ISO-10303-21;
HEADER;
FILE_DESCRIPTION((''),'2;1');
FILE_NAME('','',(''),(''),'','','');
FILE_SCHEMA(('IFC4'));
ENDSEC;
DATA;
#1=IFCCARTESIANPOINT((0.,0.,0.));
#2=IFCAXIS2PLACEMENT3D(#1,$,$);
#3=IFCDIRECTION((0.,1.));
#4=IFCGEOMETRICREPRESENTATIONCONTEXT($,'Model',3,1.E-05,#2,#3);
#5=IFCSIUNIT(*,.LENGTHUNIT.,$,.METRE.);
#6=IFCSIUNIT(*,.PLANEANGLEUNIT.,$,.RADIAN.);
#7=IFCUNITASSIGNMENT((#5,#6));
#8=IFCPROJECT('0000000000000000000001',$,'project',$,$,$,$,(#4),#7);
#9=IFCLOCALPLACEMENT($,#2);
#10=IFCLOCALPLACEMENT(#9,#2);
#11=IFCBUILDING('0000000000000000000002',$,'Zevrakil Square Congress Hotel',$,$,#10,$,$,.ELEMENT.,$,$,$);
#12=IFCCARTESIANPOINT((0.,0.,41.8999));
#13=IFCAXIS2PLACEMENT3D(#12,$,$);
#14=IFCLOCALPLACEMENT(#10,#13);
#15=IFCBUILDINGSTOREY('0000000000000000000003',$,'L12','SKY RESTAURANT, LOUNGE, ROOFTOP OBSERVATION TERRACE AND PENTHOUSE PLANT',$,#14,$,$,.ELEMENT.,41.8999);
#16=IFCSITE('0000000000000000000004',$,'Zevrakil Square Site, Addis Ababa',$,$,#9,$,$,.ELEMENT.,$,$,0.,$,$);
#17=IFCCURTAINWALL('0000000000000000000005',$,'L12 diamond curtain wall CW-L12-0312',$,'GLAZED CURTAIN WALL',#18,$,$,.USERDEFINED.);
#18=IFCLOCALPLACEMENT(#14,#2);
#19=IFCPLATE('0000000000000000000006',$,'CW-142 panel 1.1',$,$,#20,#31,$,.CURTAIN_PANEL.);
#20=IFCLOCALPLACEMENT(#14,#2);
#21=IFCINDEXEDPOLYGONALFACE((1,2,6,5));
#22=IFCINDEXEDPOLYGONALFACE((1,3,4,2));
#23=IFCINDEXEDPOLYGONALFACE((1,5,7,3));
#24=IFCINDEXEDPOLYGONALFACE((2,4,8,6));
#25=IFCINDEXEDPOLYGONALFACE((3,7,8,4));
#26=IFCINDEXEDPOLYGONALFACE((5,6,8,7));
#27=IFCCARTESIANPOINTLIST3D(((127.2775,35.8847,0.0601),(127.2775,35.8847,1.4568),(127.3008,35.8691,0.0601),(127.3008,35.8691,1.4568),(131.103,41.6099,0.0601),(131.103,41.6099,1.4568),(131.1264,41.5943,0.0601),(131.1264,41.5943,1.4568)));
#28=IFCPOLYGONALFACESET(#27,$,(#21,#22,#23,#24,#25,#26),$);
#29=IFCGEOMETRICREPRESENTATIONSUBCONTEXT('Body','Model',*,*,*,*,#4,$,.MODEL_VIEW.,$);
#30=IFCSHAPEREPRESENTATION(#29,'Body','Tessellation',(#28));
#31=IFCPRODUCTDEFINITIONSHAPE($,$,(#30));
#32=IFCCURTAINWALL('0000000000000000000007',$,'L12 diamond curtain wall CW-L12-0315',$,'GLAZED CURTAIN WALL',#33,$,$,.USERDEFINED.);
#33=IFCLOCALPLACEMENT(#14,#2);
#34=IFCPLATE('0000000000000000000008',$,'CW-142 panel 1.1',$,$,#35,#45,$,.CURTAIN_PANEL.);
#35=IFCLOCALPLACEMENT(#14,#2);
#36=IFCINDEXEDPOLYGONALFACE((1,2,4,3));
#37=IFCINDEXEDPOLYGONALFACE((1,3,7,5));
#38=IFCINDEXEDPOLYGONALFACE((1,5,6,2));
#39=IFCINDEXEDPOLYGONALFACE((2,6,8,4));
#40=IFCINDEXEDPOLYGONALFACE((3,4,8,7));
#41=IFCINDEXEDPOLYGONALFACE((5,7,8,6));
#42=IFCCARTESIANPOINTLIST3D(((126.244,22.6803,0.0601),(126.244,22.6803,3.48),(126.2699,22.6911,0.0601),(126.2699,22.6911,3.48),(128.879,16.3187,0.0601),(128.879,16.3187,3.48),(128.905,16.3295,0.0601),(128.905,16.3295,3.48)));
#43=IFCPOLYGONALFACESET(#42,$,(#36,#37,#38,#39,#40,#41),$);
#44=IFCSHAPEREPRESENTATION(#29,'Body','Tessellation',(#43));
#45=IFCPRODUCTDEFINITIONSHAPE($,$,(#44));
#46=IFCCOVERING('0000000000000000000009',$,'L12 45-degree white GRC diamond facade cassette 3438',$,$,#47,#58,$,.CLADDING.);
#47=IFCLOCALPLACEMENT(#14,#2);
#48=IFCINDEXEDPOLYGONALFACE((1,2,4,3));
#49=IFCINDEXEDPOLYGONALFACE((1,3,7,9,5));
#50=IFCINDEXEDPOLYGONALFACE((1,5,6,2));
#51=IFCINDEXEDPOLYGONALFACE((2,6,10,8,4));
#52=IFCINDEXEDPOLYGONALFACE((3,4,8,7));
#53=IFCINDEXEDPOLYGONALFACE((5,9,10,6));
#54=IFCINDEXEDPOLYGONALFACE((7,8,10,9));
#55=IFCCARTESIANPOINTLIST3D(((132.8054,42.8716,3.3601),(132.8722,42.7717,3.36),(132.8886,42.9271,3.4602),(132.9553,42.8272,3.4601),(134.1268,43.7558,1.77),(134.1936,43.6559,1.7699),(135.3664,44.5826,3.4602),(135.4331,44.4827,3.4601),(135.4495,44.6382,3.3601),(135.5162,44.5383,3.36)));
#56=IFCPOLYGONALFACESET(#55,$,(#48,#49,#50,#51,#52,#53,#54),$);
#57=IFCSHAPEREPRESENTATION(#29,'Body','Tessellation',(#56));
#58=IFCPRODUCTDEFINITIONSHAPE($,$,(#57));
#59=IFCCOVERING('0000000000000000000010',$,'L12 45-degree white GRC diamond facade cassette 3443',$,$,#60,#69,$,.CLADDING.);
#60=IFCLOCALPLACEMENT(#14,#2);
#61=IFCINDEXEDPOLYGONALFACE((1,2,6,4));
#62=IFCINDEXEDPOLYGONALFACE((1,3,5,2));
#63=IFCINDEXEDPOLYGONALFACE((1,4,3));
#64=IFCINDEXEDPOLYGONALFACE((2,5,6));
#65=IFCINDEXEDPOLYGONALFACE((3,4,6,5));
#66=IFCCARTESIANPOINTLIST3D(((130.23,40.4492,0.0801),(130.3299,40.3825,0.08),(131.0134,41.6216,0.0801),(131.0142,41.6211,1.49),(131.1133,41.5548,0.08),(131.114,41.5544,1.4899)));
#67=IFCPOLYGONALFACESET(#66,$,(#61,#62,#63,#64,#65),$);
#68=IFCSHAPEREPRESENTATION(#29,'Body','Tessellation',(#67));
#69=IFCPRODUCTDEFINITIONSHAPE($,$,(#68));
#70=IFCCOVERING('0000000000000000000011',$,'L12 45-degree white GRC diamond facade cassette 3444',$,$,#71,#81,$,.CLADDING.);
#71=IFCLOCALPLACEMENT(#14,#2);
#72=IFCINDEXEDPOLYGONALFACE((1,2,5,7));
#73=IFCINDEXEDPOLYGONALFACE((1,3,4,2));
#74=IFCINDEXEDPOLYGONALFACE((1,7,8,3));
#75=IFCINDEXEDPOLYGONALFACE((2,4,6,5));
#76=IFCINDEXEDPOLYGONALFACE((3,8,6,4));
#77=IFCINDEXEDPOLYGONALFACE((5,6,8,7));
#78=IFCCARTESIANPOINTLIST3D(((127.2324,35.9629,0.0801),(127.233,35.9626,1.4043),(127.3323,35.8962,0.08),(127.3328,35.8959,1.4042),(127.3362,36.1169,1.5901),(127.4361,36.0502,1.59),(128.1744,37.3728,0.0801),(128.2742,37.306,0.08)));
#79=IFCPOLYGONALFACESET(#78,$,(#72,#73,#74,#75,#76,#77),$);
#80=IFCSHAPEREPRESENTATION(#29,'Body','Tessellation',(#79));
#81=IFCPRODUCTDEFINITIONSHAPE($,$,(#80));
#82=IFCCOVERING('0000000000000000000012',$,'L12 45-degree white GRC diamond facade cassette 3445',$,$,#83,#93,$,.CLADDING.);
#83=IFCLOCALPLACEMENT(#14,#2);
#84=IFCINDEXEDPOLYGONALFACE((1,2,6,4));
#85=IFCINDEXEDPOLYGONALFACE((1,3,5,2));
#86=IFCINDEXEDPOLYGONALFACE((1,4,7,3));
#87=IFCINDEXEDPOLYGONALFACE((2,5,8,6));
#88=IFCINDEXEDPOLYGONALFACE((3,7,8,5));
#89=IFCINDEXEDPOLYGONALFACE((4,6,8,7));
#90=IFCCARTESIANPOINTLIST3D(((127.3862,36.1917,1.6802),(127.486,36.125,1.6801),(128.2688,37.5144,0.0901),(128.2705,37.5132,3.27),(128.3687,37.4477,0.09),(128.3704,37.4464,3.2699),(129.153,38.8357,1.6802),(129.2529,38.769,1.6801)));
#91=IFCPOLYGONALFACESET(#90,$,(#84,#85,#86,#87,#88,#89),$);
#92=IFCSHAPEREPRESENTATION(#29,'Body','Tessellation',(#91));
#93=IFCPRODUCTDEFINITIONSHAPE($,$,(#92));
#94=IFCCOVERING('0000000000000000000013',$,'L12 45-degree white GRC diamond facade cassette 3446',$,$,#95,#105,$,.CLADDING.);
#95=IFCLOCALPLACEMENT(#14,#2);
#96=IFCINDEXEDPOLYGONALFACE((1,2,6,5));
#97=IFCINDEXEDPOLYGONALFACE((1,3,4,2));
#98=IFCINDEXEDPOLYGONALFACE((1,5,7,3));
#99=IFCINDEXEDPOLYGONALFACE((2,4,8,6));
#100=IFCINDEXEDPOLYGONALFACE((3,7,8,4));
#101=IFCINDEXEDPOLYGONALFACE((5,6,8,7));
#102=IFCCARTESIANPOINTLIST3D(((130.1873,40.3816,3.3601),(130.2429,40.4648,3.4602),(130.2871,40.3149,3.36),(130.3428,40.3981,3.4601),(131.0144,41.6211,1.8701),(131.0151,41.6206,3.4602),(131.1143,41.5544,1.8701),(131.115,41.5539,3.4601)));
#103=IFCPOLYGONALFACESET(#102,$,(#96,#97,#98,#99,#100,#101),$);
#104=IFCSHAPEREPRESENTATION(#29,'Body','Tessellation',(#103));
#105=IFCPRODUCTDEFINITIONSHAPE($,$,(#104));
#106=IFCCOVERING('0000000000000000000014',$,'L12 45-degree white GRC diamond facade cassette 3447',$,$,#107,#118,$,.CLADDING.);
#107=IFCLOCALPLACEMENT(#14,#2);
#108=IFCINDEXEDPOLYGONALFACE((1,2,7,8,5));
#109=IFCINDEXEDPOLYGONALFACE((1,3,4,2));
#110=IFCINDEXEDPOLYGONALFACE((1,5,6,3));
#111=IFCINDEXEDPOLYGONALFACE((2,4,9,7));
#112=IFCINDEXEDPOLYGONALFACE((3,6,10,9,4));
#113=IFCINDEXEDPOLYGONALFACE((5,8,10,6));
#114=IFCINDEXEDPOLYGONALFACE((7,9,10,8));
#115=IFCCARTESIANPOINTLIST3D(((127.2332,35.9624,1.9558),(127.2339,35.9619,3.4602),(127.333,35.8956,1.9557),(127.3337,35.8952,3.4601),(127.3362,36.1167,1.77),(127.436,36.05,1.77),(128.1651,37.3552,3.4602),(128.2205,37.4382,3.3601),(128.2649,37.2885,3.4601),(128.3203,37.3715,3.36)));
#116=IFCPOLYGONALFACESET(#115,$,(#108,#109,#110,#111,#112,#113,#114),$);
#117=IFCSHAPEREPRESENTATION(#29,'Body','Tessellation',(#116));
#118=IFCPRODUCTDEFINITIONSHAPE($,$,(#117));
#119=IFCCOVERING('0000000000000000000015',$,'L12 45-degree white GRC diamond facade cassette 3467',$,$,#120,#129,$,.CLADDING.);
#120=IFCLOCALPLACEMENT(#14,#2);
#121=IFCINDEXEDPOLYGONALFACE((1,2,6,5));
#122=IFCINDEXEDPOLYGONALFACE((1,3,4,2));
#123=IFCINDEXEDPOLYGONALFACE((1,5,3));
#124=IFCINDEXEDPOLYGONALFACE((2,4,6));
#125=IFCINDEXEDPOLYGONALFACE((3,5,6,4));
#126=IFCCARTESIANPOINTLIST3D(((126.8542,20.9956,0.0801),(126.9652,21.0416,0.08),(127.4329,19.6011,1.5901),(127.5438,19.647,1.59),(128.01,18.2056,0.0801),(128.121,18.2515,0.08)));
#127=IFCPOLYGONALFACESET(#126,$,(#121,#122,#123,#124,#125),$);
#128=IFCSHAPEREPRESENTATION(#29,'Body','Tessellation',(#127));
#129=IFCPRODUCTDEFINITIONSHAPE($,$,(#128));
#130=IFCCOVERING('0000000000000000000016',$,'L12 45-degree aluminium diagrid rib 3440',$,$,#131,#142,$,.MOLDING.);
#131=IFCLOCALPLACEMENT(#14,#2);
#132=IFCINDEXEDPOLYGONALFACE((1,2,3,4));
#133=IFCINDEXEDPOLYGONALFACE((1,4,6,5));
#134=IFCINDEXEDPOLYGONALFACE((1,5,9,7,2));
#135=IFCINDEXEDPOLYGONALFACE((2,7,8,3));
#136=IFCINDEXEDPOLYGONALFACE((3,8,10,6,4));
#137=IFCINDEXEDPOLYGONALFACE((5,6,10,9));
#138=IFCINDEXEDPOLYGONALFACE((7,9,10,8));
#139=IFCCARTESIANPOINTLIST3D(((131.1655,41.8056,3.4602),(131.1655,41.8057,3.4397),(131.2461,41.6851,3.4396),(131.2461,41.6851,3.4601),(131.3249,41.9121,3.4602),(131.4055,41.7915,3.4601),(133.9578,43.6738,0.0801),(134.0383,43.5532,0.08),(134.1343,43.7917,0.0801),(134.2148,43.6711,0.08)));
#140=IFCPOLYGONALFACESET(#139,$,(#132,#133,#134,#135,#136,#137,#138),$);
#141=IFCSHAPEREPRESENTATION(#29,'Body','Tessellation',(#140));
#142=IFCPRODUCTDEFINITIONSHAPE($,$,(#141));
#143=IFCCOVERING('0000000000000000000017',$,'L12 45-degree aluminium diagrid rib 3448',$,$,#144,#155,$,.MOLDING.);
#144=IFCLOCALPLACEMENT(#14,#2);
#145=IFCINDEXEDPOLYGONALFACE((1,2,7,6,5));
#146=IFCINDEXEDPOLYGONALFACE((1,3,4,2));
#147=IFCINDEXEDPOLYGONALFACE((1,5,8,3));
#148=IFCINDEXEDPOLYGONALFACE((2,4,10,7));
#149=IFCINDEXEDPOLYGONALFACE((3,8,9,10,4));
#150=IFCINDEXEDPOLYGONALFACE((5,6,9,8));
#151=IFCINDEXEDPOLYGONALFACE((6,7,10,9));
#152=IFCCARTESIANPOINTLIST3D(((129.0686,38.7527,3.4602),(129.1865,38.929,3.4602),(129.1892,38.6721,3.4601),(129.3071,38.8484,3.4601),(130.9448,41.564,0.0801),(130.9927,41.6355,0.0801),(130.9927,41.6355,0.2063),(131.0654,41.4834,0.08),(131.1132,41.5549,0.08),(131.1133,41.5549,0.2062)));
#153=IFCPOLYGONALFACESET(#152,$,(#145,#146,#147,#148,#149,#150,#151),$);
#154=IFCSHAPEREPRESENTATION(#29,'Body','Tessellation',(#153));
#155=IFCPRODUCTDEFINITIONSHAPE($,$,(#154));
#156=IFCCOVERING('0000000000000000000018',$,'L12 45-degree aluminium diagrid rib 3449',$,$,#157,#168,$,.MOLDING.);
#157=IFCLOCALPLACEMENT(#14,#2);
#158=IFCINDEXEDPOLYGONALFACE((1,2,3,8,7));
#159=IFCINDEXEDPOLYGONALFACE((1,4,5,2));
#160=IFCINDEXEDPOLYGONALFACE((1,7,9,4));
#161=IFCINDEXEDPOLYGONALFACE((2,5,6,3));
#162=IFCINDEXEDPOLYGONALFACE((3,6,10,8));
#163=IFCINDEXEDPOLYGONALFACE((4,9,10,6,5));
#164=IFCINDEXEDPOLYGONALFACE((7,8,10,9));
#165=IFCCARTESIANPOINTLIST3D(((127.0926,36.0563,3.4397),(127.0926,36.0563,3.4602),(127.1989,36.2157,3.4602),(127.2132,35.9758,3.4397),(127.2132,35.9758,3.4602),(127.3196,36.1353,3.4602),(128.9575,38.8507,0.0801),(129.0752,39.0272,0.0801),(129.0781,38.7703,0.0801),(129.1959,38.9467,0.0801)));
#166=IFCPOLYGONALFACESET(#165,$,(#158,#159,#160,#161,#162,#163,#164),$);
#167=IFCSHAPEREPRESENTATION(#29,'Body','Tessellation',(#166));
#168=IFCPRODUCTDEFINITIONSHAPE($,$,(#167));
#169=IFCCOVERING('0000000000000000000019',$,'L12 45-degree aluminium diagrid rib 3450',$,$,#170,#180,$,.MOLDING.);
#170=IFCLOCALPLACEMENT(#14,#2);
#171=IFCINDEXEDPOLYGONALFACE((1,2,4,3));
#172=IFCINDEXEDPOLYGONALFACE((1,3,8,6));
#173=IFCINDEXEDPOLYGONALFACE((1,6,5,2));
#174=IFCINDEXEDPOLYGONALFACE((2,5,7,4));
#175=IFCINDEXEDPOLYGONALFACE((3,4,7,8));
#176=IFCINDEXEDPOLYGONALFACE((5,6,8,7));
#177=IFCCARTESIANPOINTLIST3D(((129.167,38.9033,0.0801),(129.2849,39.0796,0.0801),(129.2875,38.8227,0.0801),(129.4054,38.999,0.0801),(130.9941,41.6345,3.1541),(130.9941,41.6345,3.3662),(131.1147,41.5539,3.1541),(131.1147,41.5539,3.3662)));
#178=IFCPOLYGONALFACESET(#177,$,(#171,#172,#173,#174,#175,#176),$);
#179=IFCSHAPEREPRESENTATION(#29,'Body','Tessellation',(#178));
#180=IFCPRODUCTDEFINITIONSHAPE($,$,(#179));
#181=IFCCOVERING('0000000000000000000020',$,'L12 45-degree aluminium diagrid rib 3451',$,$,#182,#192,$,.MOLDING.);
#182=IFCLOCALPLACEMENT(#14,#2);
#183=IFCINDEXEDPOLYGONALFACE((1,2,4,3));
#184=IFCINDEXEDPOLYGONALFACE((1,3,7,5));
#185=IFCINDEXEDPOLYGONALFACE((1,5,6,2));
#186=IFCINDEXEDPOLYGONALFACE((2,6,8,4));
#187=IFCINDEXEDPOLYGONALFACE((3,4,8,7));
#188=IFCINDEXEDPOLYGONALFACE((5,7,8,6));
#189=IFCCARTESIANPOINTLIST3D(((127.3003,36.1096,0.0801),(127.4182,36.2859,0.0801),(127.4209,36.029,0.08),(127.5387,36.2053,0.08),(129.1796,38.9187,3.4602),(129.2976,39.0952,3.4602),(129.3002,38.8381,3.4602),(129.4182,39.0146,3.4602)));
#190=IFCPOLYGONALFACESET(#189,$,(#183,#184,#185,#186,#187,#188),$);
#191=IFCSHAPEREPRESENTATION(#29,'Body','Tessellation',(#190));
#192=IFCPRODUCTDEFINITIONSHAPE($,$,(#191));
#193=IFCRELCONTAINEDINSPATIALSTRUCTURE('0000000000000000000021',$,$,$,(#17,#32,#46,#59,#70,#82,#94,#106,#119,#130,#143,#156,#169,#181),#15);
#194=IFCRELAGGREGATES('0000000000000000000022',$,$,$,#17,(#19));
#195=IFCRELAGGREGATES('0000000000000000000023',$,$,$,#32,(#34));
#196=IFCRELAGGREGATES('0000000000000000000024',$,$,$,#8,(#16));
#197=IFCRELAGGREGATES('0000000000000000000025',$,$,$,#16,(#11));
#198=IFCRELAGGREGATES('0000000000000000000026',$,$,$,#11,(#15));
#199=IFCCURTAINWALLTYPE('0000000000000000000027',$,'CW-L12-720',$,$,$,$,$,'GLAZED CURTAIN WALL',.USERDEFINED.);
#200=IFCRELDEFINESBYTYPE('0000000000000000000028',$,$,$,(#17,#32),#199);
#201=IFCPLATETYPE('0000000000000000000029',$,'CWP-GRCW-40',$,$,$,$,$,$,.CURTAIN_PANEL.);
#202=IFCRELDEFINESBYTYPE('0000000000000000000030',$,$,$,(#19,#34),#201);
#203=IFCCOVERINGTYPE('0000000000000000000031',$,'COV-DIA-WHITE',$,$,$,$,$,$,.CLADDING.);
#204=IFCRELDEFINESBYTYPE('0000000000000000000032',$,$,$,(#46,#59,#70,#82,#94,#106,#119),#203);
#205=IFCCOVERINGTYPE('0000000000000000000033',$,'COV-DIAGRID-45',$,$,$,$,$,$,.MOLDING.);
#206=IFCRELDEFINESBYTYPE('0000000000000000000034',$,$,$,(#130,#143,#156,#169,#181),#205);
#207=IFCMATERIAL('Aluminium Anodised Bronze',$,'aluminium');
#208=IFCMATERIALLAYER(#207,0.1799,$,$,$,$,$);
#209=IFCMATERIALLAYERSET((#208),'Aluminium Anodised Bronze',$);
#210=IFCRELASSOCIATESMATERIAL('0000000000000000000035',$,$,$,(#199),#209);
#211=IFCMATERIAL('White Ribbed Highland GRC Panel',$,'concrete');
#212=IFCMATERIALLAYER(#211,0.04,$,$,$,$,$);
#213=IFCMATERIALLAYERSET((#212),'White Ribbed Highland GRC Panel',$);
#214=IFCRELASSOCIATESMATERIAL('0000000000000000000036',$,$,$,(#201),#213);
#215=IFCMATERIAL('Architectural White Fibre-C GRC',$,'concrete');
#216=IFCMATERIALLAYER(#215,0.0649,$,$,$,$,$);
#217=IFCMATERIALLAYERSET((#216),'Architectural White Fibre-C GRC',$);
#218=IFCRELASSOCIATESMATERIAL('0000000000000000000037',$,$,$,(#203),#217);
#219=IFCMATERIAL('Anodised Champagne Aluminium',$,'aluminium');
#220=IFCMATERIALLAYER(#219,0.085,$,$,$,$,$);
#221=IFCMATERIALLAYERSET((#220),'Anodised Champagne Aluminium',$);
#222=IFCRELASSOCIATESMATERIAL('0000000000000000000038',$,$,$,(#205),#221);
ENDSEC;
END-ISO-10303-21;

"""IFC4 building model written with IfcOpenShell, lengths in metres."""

from ifc_helpers import new_model, si_unit, direction, frame, origin, origin_2d, place, context, subcontext, project, spatial, polyline, rectangle, outline, extrude, material, layer, layer_set, type_object, element, aggregate, save


model = new_model("IFC4")

# Units and contexts
model_context = context("Model", 3, precision=1e-05, world=origin(), true_north=direction((0.0, 1.0)))
body_context = subcontext(model_context, "Body", "Model", "MODEL_VIEW")
ifc_project = project(units=[si_unit("LENGTHUNIT", "METRE"), si_unit("PLANEANGLEUNIT", "RADIAN")], contexts=[model_context])

# Site, building, storey
site_placement = place(None, origin())
site = spatial("IfcSite", under=ifc_project, at=site_placement, Name="Zevrakil Square Site, Addis Ababa", CompositionType="ELEMENT", RefElevation=0.0)
building_placement = place(site_placement, origin())
building = spatial("IfcBuilding", under=site, at=building_placement, Name="Zevrakil Square Congress Hotel", CompositionType="ELEMENT")
storey_placement = place(building_placement, frame((0.0, 0.0, 41.8999)))
storey = spatial("IfcBuildingStorey", under=building, at=storey_placement, Name="L12", Description="SKY RESTAURANT, LOUNGE, ROOFTOP OBSERVATION TERRACE AND PENTHOUSE PLANT", CompositionType="ELEMENT", Elevation=41.8999)

# Curtain wall
ifc_material_1 = material(Name="Aluminium Anodised Bronze", Category="aluminium")
ifc_layer_1 = layer(ifc_material_1, 0.1799)
ifc_layer_set_1 = layer_set([ifc_layer_1], Name="Aluminium Anodised Bronze")
curtain_wall_type = type_object("IfcCurtainWallType", Name="CW-L12-720", ElementType="GLAZED CURTAIN WALL", PredefinedType="USERDEFINED", material=ifc_layer_set_1)
curtain_wall_1_placement = place(storey_placement, origin())
curtain_wall_1 = element("IfcCurtainWall", 1, at=curtain_wall_1_placement, inside=storey, type_object=curtain_wall_type, Name="L12 diamond curtain wall CW-L12-0312", ObjectType="GLAZED CURTAIN WALL", PredefinedType="USERDEFINED")

# Plate
ifc_material_2 = material(Name="White Ribbed Highland GRC Panel", Category="concrete")
ifc_layer_2 = layer(ifc_material_2, 0.04)
ifc_layer_set_2 = layer_set([ifc_layer_2], Name="White Ribbed Highland GRC Panel")
plate_type_1 = type_object("IfcPlateType", Name="CWP-GRCW-40", PredefinedType="CURTAIN_PANEL", material=ifc_layer_set_2)
plate_1_placement = place(storey_placement, frame((129.2019, 38.7395, 0.0601), z_axis=(0.0, 0.0, 1.0), x_axis=(-0.555576, -0.831466, 0.0)))
plate_1 = element("IfcPlate", 2, at=plate_1_placement, type_object=plate_type_1, Name="CW-142 panel 1.1", PredefinedType="CURTAIN_PANEL", context=body_context, shape_type="SweptSolid", body=[
    extrude(rectangle(XDim=6.8857, YDim=0.0281, at=origin_2d()), origin(), (0.0, 0.0, 1.0), 1.3967),
])
aggregate(curtain_wall_1, [plate_1])

# Curtain wall, plate
curtain_wall_2_placement = place(storey_placement, origin())
curtain_wall_2 = element("IfcCurtainWall", 3, at=curtain_wall_2_placement, inside=storey, type_object=curtain_wall_type, Name="L12 diamond curtain wall CW-L12-0315", ObjectType="GLAZED CURTAIN WALL", PredefinedType="USERDEFINED")
plate_2_placement = place(storey_placement, frame((127.5745, 19.5049, 0.0601), z_axis=(0.0, 0.0, 1.0), x_axis=(0.382684, -0.923879, 0.0)))
plate_2 = element("IfcPlate", 4, at=plate_2_placement, type_object=plate_type_1, Name="CW-142 panel 1.1", PredefinedType="CURTAIN_PANEL", context=body_context, shape_type="SweptSolid", body=[
    extrude(rectangle(XDim=6.8857, YDim=0.0281, at=origin_2d()), origin(), (0.0, 0.0, 1.0), 3.4199),
])
aggregate(curtain_wall_2, [plate_2])

# Coverings
ifc_material_3 = material(Name="Architectural White Fibre-C GRC", Category="concrete")
ifc_layer_3 = layer(ifc_material_3, 0.0649)
ifc_layer_set_3 = layer_set([ifc_layer_3], Name="Architectural White Fibre-C GRC")
covering_type_1 = type_object("IfcCoveringType", Name="COV-DIA-WHITE", PredefinedType="CLADDING", material=ifc_layer_set_3)
covering_1_placement = place(storey_placement, frame((132.8054, 42.8716, 3.3601), z_axis=(-0.55555, 0.831483, 0.000677), x_axis=(0.587657, 0.393215, -0.707136)))
element("IfcCovering", 5, at=covering_1_placement, inside=storey, type_object=covering_type_1, Name="L12 45-degree white GRC diamond facade cassette 3438", PredefinedType="CLADDING", context=body_context, shape_type="SweptSolid", body=[
    extrude(outline(polyline([(0.0, 0.0), (2.2486, 0.0), (2.2484, -2.2486), (2.107, -2.2487), (-0.0001, -0.1415), (0.0, 0.0)])), origin(), (0.0, 0.0, -1.0), 0.1201),
])
covering_2_placement = place(storey_placement, frame((130.23, 40.4492, 0.0801), z_axis=(-0.831437, 0.555619, 0.000624), x_axis=(0.555619, 0.831437, 0.0)))
element("IfcCovering", 6, at=covering_2_placement, inside=storey, type_object=covering_type_1, Name="L12 45-degree white GRC diamond facade cassette 3443", PredefinedType="CLADDING", context=body_context, shape_type="SweptSolid", body=[
    extrude(outline(polyline([(0.0, 0.0), (1.41, 0.0), (1.41, -1.4099), (0.0, 0.0)])), origin(), (0.0, 0.0, -1.0), 0.1201),
])
covering_3_placement = place(storey_placement, frame((127.3362, 36.1169, 1.5901), z_axis=(-0.831496, 0.555531, 0.00046), x_axis=(-0.39296, -0.58758, -0.707341)))
element("IfcCovering", 7, at=covering_3_placement, inside=storey, type_object=covering_type_1, Name="L12 45-degree white GRC diamond facade cassette 3444", PredefinedType="CLADDING", context=body_context, shape_type="SweptSolid", body=[
    extrude(outline(polyline([(0.0, 0.0), (0.2627, 0.0), (1.1994, -0.936), (0.0008, -2.1354), (0.0, 0.0)])), origin(), (0.0, 0.0, -1.0), 0.1201),
])
covering_4_placement = place(storey_placement, frame((128.2705, 37.5132, 3.27), z_axis=(-0.831447, 0.555603, 0.00066), x_axis=(-0.39329, -0.587709, -0.707051)))
element("IfcCovering", 8, at=covering_4_placement, inside=storey, type_object=covering_type_1, Name="L12 45-degree white GRC diamond facade cassette 3445", PredefinedType="CLADDING", context=body_context, shape_type="SweptSolid", body=[
    extrude(outline(polyline([(0.0, 0.0), (2.2486, 0.0), (2.2483, -2.2488), (-0.0003, -2.2485), (0.0, 0.0)])), origin(), (0.0, 0.0, -1.0), 0.1201),
])
covering_5_placement = place(storey_placement, frame((130.1873, 40.3816, 3.3601), z_axis=(-0.83149, 0.555539, 0.000541), x_axis=(0.392528, 0.588196, -0.707069)))
element("IfcCovering", 9, at=covering_5_placement, inside=storey, type_object=covering_type_1, Name="L12 45-degree white GRC diamond facade cassette 3446", PredefinedType="CLADDING", context=body_context, shape_type="SweptSolid", body=[
    extrude(outline(polyline([(0.0, 0.0), (2.1073, 0.0), (0.983, -1.1244), (0.0, -0.1416), (0.0, 0.0)])), origin(), (0.0, 0.0, -1.0), 0.1201),
])
covering_6_placement = place(storey_placement, frame((127.3362, 36.1167, 1.77), z_axis=(-0.831411, 0.555658, 0.000562), x_axis=(0.393241, 0.587676, 0.707106)))
element("IfcCovering", 10, at=covering_6_placement, inside=storey, type_object=covering_type_1, Name="L12 45-degree white GRC diamond facade cassette 3447", PredefinedType="CLADDING", context=body_context, shape_type="SweptSolid", body=[
    extrude(outline(polyline([(0.0, 0.0), (2.2487, 0.0), (2.2489, -0.1414), (1.0639, -1.3263), (0.0002, -0.2626), (0.0, 0.0)])), origin(), (0.0, 0.0, -1.0), 0.1201),
])
covering_7_placement = place(storey_placement, frame((127.4329, 19.6011, 1.5901), z_axis=(-0.923869, -0.382709, 0.000572), x_axis=(0.270255, -0.653458, -0.707075)))
element("IfcCovering", 11, at=covering_7_placement, inside=storey, type_object=covering_type_1, Name="L12 45-degree white GRC diamond facade cassette 3467", PredefinedType="CLADDING", context=body_context, shape_type="SweptSolid", body=[
    extrude(outline(polyline([(0.0, 0.0), (2.1356, 0.0), (0.0, -2.1353), (0.0, 0.0)])), origin(), (0.0, 0.0, -1.0), 0.1201),
])
ifc_material_4 = material(Name="Anodised Champagne Aluminium", Category="aluminium")
ifc_layer_4 = layer(ifc_material_4, 0.085)
ifc_layer_set_4 = layer_set([ifc_layer_4], Name="Anodised Champagne Aluminium")
covering_type_2 = type_object("IfcCoveringType", Name="COV-DIAGRID-45", PredefinedType="MOLDING", material=ifc_layer_set_4)
covering_8_placement = place(storey_placement, frame((133.9578, 43.6738, 0.0801), z_axis=(-0.55543, 0.831563, 0.000778), x_axis=(0.831563, 0.55543, 0.0)))
element("IfcCovering", 12, at=covering_8_placement, inside=storey, type_object=covering_type_2, Name="L12 45-degree aluminium diagrid rib 3440", PredefinedType="MOLDING", context=body_context, shape_type="SweptSolid", body=[
    extrude(outline(polyline([(0.0, 0.0), (0.2123, 0.0), (-3.1679, -3.3801), (-3.3596, -3.3801), (-3.3596, -3.3596), (0.0, 0.0)])), origin(), (0.0, 0.0, -1.0), 0.145),
])
covering_9_placement = place(storey_placement, frame((130.9448, 41.564, 0.0801), z_axis=(-0.831349, 0.55575, 0.000774), x_axis=(0.55575, 0.83135, 0.0)))
element("IfcCovering", 13, at=covering_9_placement, inside=storey, type_object=covering_type_2, Name="L12 45-degree aluminium diagrid rib 3448", PredefinedType="MOLDING", context=body_context, shape_type="SweptSolid", body=[
    extrude(outline(polyline([(0.0, 0.0), (0.0861, 0.0), (0.0861, -0.1262), (-3.1678, -3.3801), (-3.3799, -3.3801), (0.0, 0.0)])), origin(), (0.0, 0.0, -1.0), 0.145),
])
covering_10_placement = place(storey_placement, frame((129.0781, 38.7703, 0.0801), z_axis=(0.83186, -0.554986, 0.000139), x_axis=(0.554986, 0.83186, 0.0)))
element("IfcCovering", 14, at=covering_10_placement, inside=storey, type_object=covering_type_2, Name="L12 45-degree aluminium diagrid rib 3449", PredefinedType="MOLDING", context=body_context, shape_type="SweptSolid", body=[
    extrude(outline(polyline([(0.0, 0.0), (0.2121, 0.0), (-3.1679, 3.3801), (-3.3596, 3.3801), (-3.3596, 3.3596), (0.0, 0.0)])), origin(), (0.0, 0.0, -1.0), 0.145),
])
covering_11_placement = place(storey_placement, frame((130.9941, 41.6345, 3.1541), z_axis=(-0.831161, 0.556032, 0.000006), x_axis=(0.000005, -0.000003, 1.0)))
element("IfcCovering", 15, at=covering_11_placement, inside=storey, type_object=covering_type_2, Name="L12 45-degree aluminium diagrid rib 3450", PredefinedType="MOLDING", context=body_context, shape_type="SweptSolid", body=[
    extrude(outline(polyline([(0.0, 0.0), (0.2122, 0.0), (-3.074, -3.286), (-3.074, -3.0739), (0.0, 0.0)])), origin(), (0.0, 0.0, -1.0), 0.145),
])
covering_12_placement = place(storey_placement, frame((129.2976, 39.0952, 3.4602), z_axis=(-0.831341, 0.555762, 0.000346), x_axis=(-0.555762, -0.831342, 0.0)))
element("IfcCovering", 16, at=covering_12_placement, inside=storey, type_object=covering_type_2, Name="L12 45-degree aluminium diagrid rib 3451", PredefinedType="MOLDING", context=body_context, shape_type="SweptSolid", body=[
    extrude(outline(polyline([(0.0, 0.0), (0.2123, 0.0), (3.5921, -3.3801), (3.38, -3.3801), (0.0, 0.0)])), origin(), (0.0, 0.0, -1.0), 0.145),
])

save(model, "model.ifc")
